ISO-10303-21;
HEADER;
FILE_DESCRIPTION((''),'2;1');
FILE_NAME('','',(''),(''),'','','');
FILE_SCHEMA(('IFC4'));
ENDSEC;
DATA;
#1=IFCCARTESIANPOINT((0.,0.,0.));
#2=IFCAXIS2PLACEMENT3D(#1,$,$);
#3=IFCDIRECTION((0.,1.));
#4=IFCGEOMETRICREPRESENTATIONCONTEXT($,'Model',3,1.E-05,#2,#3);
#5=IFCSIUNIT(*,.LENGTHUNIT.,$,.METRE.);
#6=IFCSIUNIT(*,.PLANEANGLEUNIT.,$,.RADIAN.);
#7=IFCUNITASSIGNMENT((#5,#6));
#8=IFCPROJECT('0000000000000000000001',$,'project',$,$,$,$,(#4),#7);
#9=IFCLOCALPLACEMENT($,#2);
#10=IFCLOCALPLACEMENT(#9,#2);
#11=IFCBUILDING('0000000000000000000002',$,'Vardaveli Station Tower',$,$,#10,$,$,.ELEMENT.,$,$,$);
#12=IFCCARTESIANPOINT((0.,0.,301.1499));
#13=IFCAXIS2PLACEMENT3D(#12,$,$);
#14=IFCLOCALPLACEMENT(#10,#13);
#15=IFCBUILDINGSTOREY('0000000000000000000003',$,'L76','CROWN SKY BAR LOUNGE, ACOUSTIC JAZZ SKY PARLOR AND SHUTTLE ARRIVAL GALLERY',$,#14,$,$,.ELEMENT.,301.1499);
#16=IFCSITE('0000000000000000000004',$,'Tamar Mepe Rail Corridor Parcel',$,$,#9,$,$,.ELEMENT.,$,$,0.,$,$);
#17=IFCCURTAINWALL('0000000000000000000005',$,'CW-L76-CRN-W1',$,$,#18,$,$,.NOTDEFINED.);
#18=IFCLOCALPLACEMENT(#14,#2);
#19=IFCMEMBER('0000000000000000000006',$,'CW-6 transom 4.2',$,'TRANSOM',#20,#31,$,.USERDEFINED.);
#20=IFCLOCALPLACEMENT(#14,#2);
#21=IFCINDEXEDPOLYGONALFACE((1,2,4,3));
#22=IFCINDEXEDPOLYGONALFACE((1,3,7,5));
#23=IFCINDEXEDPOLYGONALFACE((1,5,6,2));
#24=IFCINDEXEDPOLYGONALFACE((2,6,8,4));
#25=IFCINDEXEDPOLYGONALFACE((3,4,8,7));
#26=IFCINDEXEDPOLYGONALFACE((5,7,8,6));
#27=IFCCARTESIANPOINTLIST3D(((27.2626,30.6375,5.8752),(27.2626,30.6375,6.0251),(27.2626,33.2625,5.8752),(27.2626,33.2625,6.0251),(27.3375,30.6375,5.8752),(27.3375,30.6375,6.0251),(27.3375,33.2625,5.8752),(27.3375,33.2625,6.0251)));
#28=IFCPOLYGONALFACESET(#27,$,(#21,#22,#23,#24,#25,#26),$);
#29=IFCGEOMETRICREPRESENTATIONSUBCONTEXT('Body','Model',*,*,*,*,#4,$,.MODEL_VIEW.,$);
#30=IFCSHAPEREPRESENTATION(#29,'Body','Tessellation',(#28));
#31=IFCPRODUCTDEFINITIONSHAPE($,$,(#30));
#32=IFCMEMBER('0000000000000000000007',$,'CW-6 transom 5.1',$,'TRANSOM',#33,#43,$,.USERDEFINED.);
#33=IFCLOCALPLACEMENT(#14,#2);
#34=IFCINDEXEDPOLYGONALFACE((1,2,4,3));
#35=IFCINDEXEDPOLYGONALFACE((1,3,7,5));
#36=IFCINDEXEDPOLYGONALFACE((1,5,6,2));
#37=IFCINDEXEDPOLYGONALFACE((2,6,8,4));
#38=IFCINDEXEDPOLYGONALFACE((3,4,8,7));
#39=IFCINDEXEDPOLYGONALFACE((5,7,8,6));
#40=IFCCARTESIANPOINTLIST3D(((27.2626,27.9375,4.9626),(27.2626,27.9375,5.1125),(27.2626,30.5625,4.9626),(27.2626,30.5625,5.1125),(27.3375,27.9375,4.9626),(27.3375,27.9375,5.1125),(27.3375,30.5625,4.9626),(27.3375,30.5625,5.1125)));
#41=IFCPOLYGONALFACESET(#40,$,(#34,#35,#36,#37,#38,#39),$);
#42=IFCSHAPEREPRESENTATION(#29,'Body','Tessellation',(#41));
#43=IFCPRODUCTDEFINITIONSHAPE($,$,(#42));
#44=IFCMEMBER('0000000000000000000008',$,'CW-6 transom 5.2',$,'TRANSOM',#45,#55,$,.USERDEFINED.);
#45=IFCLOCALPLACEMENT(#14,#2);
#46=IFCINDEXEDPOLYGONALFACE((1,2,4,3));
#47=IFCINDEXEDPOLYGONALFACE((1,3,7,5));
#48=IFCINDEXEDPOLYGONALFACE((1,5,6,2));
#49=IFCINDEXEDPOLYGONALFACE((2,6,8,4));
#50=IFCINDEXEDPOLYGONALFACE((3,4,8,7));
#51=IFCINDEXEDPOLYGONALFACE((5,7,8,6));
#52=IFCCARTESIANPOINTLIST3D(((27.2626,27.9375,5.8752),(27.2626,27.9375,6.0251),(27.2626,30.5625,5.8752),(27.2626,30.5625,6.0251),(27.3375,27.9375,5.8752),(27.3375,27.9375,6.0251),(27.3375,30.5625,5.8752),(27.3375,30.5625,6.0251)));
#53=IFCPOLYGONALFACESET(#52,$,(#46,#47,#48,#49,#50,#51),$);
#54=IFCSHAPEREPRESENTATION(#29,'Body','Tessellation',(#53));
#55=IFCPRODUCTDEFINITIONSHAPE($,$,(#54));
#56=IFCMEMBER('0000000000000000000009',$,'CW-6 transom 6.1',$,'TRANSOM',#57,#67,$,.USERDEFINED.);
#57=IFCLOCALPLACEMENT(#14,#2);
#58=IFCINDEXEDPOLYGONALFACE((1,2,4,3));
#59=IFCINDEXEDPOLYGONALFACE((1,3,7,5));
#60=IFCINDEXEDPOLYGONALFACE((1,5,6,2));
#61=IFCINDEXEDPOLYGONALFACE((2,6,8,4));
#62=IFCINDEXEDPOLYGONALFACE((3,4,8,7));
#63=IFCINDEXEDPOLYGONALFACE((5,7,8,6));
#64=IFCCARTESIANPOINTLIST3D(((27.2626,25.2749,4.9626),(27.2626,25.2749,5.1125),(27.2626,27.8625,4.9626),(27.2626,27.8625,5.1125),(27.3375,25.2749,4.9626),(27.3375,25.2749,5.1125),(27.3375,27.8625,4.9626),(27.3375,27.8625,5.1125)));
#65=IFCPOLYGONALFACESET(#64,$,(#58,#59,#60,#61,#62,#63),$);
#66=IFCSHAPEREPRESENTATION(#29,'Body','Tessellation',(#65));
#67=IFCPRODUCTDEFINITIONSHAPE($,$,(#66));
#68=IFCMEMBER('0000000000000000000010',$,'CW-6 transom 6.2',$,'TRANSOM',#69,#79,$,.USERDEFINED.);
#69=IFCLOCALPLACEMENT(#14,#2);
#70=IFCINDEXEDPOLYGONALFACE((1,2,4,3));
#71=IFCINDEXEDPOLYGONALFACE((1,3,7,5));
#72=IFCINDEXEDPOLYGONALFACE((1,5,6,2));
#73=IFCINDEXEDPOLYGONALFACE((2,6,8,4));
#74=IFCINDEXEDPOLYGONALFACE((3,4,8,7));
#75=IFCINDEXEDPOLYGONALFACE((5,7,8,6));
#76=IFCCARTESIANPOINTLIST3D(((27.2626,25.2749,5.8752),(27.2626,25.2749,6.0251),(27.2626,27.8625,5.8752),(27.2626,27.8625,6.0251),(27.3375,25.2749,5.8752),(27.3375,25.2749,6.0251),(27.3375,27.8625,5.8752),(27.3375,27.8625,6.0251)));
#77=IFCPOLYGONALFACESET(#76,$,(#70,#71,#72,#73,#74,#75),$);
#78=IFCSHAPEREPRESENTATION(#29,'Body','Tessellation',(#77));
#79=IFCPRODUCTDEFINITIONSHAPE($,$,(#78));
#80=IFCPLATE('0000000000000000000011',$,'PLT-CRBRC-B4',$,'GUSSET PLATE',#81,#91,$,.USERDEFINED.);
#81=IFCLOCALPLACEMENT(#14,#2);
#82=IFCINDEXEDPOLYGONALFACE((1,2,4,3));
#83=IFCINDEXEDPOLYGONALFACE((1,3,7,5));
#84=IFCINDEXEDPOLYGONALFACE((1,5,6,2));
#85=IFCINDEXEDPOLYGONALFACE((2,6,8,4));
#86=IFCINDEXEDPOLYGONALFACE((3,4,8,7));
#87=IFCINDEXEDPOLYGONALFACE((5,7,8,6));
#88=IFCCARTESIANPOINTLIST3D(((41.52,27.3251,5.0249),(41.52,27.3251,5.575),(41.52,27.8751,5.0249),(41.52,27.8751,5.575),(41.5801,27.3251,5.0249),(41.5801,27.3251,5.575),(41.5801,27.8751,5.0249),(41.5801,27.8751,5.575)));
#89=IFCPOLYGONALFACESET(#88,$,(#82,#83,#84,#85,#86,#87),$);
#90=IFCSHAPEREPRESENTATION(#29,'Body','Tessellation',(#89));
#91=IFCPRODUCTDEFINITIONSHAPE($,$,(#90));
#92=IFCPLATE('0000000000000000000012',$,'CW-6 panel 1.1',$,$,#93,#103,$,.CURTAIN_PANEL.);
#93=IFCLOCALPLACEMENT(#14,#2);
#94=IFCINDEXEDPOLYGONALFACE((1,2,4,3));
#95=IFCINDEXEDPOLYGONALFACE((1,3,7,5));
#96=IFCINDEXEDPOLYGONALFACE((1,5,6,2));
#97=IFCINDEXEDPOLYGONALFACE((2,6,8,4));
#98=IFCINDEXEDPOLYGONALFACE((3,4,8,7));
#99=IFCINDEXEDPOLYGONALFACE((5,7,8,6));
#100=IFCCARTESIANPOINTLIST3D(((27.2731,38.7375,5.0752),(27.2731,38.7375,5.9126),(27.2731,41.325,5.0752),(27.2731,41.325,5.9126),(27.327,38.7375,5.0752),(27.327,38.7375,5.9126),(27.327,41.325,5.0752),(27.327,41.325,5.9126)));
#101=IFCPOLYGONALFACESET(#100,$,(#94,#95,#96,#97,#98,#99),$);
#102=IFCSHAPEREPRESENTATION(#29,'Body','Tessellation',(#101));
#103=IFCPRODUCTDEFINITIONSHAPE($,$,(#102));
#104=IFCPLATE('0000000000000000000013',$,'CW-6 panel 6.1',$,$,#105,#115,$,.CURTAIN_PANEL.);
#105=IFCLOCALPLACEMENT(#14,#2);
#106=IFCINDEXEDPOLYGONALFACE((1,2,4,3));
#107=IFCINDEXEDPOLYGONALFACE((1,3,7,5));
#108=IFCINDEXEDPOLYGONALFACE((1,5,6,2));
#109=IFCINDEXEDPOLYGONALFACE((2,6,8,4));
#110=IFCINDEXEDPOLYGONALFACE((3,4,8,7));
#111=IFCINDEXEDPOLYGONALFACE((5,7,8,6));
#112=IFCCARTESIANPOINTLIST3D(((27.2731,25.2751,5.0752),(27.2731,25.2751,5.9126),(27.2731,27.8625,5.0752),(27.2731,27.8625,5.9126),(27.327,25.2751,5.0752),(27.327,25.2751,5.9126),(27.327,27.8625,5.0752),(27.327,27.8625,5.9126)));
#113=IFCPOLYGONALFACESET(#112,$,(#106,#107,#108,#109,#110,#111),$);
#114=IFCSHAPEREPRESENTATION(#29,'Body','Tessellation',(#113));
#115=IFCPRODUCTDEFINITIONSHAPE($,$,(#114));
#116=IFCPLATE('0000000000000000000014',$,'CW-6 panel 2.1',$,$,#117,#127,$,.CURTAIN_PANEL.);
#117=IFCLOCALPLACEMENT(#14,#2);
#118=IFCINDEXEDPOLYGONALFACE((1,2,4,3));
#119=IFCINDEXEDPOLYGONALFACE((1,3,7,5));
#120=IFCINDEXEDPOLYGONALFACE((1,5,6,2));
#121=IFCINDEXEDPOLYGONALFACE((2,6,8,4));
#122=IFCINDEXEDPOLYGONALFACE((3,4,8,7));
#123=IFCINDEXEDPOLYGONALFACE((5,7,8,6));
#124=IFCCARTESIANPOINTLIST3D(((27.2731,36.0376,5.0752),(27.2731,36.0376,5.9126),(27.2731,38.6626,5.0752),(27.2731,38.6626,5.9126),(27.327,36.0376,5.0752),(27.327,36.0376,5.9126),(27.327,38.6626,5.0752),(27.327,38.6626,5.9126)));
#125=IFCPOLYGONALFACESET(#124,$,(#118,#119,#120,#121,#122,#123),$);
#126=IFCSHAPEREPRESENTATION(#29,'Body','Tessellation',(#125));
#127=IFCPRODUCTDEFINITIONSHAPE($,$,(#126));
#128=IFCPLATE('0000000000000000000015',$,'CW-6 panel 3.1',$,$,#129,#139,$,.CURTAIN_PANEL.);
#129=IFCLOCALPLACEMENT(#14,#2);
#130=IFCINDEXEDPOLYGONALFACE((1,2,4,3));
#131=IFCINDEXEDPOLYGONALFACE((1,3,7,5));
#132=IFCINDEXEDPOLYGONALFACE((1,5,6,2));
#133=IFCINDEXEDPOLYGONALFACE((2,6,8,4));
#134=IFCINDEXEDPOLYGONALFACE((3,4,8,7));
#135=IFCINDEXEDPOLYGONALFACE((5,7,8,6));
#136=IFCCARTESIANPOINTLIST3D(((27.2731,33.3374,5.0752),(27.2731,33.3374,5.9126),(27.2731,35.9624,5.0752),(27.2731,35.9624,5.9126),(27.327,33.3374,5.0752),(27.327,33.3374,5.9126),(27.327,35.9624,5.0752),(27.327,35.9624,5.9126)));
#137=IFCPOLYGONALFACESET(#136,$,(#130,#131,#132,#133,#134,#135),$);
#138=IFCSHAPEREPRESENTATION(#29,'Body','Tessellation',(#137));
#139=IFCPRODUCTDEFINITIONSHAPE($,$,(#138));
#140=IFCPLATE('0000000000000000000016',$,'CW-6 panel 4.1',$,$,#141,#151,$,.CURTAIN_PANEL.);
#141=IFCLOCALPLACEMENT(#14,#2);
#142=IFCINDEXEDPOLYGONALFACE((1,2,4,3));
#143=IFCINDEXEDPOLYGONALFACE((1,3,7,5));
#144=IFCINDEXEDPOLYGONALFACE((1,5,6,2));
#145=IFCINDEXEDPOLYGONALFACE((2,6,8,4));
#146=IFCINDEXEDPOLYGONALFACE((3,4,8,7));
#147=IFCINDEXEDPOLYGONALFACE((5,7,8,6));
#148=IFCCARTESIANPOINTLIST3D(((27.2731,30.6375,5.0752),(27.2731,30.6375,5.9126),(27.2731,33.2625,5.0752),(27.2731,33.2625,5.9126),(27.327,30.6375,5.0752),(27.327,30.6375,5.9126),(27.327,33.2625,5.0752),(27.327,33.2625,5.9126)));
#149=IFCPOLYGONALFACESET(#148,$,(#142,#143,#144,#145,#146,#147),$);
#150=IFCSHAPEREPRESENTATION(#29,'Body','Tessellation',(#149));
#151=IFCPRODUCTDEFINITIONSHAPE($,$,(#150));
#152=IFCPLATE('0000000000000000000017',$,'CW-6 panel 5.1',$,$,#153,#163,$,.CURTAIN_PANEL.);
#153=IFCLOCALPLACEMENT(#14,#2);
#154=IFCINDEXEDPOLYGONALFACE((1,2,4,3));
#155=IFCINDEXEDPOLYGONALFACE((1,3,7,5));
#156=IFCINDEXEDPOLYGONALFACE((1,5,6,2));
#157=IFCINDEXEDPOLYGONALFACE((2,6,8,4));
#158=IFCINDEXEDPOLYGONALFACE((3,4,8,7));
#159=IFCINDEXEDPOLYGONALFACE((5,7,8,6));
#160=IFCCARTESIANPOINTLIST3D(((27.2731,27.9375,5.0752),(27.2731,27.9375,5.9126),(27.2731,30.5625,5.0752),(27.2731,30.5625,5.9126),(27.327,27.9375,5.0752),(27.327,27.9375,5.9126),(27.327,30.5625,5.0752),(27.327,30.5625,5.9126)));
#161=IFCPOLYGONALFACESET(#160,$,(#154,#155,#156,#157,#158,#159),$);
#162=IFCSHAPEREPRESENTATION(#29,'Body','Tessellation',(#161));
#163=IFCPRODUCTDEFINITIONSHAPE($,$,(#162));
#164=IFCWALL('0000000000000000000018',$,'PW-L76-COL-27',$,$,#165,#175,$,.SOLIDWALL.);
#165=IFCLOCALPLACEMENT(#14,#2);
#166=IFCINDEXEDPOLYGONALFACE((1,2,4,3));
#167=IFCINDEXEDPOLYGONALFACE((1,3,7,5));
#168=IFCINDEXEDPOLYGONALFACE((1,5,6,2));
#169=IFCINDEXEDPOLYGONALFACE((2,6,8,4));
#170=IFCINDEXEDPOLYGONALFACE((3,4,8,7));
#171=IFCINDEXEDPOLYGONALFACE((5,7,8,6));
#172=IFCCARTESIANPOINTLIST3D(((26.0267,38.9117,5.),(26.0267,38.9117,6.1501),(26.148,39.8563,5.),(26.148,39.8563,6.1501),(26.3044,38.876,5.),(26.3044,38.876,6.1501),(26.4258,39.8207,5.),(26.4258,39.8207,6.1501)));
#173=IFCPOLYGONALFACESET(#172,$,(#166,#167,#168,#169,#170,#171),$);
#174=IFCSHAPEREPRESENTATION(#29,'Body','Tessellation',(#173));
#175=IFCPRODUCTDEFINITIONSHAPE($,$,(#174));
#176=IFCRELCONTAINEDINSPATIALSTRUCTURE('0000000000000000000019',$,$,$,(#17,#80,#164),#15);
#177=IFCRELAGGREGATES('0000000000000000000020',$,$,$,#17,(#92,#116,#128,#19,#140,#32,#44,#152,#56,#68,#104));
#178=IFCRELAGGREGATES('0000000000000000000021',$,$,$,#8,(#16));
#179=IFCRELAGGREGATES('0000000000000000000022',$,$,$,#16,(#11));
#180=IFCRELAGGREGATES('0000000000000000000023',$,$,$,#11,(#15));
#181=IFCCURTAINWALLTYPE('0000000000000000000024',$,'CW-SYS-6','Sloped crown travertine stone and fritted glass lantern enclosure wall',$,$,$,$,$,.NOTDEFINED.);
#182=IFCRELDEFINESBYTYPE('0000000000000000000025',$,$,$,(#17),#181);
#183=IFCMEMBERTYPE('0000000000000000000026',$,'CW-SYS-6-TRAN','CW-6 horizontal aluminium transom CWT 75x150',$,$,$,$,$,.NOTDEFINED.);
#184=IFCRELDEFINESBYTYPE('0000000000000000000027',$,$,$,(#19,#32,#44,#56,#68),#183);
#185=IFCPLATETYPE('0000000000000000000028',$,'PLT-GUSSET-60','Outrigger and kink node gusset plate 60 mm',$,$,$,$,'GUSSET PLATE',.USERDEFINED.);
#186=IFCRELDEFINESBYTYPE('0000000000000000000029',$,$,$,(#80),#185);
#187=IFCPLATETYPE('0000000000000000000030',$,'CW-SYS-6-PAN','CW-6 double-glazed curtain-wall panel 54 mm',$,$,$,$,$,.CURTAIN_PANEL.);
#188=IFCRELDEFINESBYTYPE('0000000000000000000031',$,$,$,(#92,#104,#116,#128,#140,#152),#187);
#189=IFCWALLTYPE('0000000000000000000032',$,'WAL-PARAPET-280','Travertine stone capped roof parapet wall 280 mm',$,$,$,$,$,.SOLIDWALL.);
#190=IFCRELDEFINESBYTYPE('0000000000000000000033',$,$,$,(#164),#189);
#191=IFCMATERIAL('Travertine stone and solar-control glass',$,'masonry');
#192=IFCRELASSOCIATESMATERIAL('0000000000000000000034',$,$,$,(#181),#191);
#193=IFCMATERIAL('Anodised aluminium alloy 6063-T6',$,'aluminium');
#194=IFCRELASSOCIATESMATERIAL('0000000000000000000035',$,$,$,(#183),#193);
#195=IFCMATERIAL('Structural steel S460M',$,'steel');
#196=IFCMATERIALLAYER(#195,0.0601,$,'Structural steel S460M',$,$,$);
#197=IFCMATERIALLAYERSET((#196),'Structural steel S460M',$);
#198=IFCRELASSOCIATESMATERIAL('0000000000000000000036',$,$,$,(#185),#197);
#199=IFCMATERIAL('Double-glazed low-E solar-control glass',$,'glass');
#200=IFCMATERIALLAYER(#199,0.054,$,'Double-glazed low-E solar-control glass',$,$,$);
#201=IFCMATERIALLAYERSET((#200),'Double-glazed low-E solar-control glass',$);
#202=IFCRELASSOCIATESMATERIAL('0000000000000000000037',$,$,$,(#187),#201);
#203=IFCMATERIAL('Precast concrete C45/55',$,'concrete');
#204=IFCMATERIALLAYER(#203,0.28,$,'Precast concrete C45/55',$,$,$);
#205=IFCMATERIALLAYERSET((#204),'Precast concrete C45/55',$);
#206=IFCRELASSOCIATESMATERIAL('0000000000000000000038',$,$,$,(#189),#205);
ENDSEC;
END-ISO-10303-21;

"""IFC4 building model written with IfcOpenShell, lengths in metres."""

from ifc_helpers import new_model, si_unit, direction, frame, frame_2d, origin, origin_2d, place, context, subcontext, project, spatial, rectangle, extrude, source, transform, mapped, material, layer, layer_set, material_profile, profile_set, type_object, element, aggregate, save


model = new_model("IFC4")

# Units and contexts
model_context = context("Model", 3, precision=1e-05, world=origin(), true_north=direction((0.0, 1.0)))
body_context = subcontext(model_context, "Body", "Model", "MODEL_VIEW")
ifc_project = project(units=[si_unit("LENGTHUNIT", "METRE"), si_unit("PLANEANGLEUNIT", "RADIAN")], contexts=[model_context])

# Site, building, storey
site_placement = place(None, origin())
site = spatial("IfcSite", under=ifc_project, at=site_placement, Name="Tamar Mepe Rail Corridor Parcel", CompositionType="ELEMENT", RefElevation=0.0)
building_placement = place(site_placement, origin())
building = spatial("IfcBuilding", under=site, at=building_placement, Name="Vardaveli Station Tower", CompositionType="ELEMENT")
storey_placement = place(building_placement, frame((0.0, 0.0, 301.1499)))
storey = spatial("IfcBuildingStorey", under=building, at=storey_placement, Name="L76", Description="CROWN SKY BAR LOUNGE, ACOUSTIC JAZZ SKY PARLOR AND SHUTTLE ARRIVAL GALLERY", CompositionType="ELEMENT", Elevation=301.1499)

# Shared definitions
ifc_material_1 = material(Name="Structural steel S460M", Category="steel")

# Curtain wall, members
ifc_material_2 = material(Name="Travertine stone and solar-control glass", Category="masonry")
curtain_wall_type = type_object("IfcCurtainWallType", Name="CW-SYS-6", Description="Sloped crown travertine stone and fritted glass lantern enclosure wall", PredefinedType="NOTDEFINED", material=ifc_material_2)
curtain_wall_placement = place(storey_placement, origin())
curtain_wall = element("IfcCurtainWall", 1, at=curtain_wall_placement, inside=storey, type_object=curtain_wall_type, Name="CW-L76-CRN-W1", PredefinedType="NOTDEFINED")
ifc_material_3 = material(Name="Anodised aluminium alloy 6063-T6", Category="aluminium")
ifc_material_profile_1 = material_profile(ifc_material_3, rectangle(XDim=0.075, YDim=0.1499, at=origin_2d()), Name="CWT 75x150")
ifc_profile_set_1 = profile_set([ifc_material_profile_1], Name="Anodised aluminium alloy 6063-T6")
member_type_1 = type_object("IfcMemberType", Name="CW-SYS-6-TRAN", Description="CW-6 horizontal aluminium transom CWT 75x150", PredefinedType="NOTDEFINED", material=ifc_profile_set_1)
shared_shape_1 = source(origin(), body_context, "Body", "SweptSolid", [
    extrude(rectangle(XDim=0.075, YDim=0.1499, at=origin_2d()), origin(), (0.0, 0.0, 1.0), 2.625),
])
member_1_placement = place(storey_placement, frame((27.3, 33.2625, 5.9502), z_axis=(0.0, -1.0, 0.0), x_axis=(1.0, 0.0, 0.0)))
member_1 = element("IfcMember", 2, at=member_1_placement, type_object=member_type_1, Name="CW-6 transom 4.2", ObjectType="TRANSOM", PredefinedType="USERDEFINED", context=body_context, shape_type="MappedRepresentation", body=[
    mapped(shared_shape_1, transform((0.0, 0.0, 0.0), scale=1.0)),
])
member_2_placement = place(storey_placement, frame((27.3, 30.5625, 5.0376), z_axis=(0.0, -1.0, 0.0), x_axis=(1.0, 0.0, 0.0)))
member_2 = element("IfcMember", 3, at=member_2_placement, type_object=member_type_1, Name="CW-6 transom 5.1", ObjectType="TRANSOM", PredefinedType="USERDEFINED", context=body_context, shape_type="MappedRepresentation", body=[
    mapped(shared_shape_1, transform((0.0, 0.0, 0.0), scale=1.0)),
])
member_3_placement = place(storey_placement, frame((27.3, 30.5625, 5.9502), z_axis=(0.0, -1.0, 0.0), x_axis=(1.0, 0.0, 0.0)))
member_3 = element("IfcMember", 4, at=member_3_placement, type_object=member_type_1, Name="CW-6 transom 5.2", ObjectType="TRANSOM", PredefinedType="USERDEFINED", context=body_context, shape_type="MappedRepresentation", body=[
    mapped(shared_shape_1, transform((0.0, 0.0, 0.0), scale=1.0)),
])
shared_shape_2 = source(origin(), body_context, "Body", "SweptSolid", [
    extrude(rectangle(XDim=0.075, YDim=0.1499, at=origin_2d()), origin(), (0.0, 0.0, 1.0), 2.5876),
])
member_4_placement = place(storey_placement, frame((27.3, 27.8625, 5.0376), z_axis=(0.0, -1.0, 0.0), x_axis=(1.0, 0.0, 0.0)))
member_4 = element("IfcMember", 5, at=member_4_placement, type_object=member_type_1, Name="CW-6 transom 6.1", ObjectType="TRANSOM", PredefinedType="USERDEFINED", context=body_context, shape_type="MappedRepresentation", body=[
    mapped(shared_shape_2, transform((0.0, 0.0, 0.0), scale=1.0)),
])
member_5_placement = place(storey_placement, frame((27.3, 27.8625, 5.9502), z_axis=(0.0, -1.0, 0.0), x_axis=(1.0, 0.0, 0.0)))
member_5 = element("IfcMember", 6, at=member_5_placement, type_object=member_type_1, Name="CW-6 transom 6.2", ObjectType="TRANSOM", PredefinedType="USERDEFINED", context=body_context, shape_type="MappedRepresentation", body=[
    mapped(shared_shape_2, transform((0.0, 0.0, 0.0), scale=1.0)),
])

# Plates
ifc_layer_1 = layer(ifc_material_1, 0.0601, Name="Structural steel S460M")
ifc_layer_set_1 = layer_set([ifc_layer_1], Name="Structural steel S460M")
plate_type_1 = type_object("IfcPlateType", Name="PLT-GUSSET-60", Description="Outrigger and kink node gusset plate 60 mm", ElementType="GUSSET PLATE", PredefinedType="USERDEFINED", material=ifc_layer_set_1)
shared_shape_3 = source(origin(), body_context, "Body", "SweptSolid", [
    extrude(rectangle(XDim=0.55, YDim=0.0601, at=origin_2d()), origin(), (0.0, 0.0, 1.0), 0.55),
])
plate_1_placement = place(storey_placement, frame((41.55, 27.6001, 5.0249), z_axis=(0.0, 0.0, 1.0), x_axis=(0.0, -1.0, 0.0)))
element("IfcPlate", 7, at=plate_1_placement, inside=storey, type_object=plate_type_1, Name="PLT-CRBRC-B4", ObjectType="GUSSET PLATE", PredefinedType="USERDEFINED", context=body_context, shape_type="MappedRepresentation", body=[
    mapped(shared_shape_3, transform((0.0, 0.0, 0.0), scale=1.0)),
])
ifc_material_4 = material(Name="Double-glazed low-E solar-control glass", Category="glass")
ifc_layer_2 = layer(ifc_material_4, 0.054, Name="Double-glazed low-E solar-control glass")
ifc_layer_set_2 = layer_set([ifc_layer_2], Name="Double-glazed low-E solar-control glass")
plate_type_2 = type_object("IfcPlateType", Name="CW-SYS-6-PAN", Description="CW-6 double-glazed curtain-wall panel 54 mm", PredefinedType="CURTAIN_PANEL", material=ifc_layer_set_2)
shared_shape_4 = source(origin(), body_context, "Body", "SweptSolid", [
    extrude(rectangle(XDim=2.5874, YDim=0.054, at=origin_2d()), origin(), (0.0, 0.0, 1.0), 0.8374),
])
plate_2_placement = place(storey_placement, frame((27.3, 40.0312, 5.0752), z_axis=(0.0, 0.0, 1.0), x_axis=(0.0, -1.0, 0.0)))
plate_2 = element("IfcPlate", 8, at=plate_2_placement, type_object=plate_type_2, Name="CW-6 panel 1.1", PredefinedType="CURTAIN_PANEL", context=body_context, shape_type="MappedRepresentation", body=[
    mapped(shared_shape_4, transform((0.0, 0.0, 0.0), scale=1.0)),
])
plate_3_placement = place(storey_placement, frame((27.3, 26.5688, 5.0752), z_axis=(0.0, 0.0, 1.0), x_axis=(0.0, -1.0, 0.0)))
plate_3 = element("IfcPlate", 9, at=plate_3_placement, type_object=plate_type_2, Name="CW-6 panel 6.1", PredefinedType="CURTAIN_PANEL", context=body_context, shape_type="MappedRepresentation", body=[
    mapped(shared_shape_4, transform((0.0, 0.0, 0.0), scale=1.0)),
])
shared_shape_5 = source(origin(), body_context, "Body", "SweptSolid", [
    extrude(rectangle(XDim=2.625, YDim=0.054, at=origin_2d()), origin(), (0.0, 0.0, 1.0), 0.8374),
])
plate_4_placement = place(storey_placement, frame((27.3, 37.3501, 5.0752), z_axis=(0.0, 0.0, 1.0), x_axis=(0.0, -1.0, 0.0)))
plate_4 = element("IfcPlate", 10, at=plate_4_placement, type_object=plate_type_2, Name="CW-6 panel 2.1", PredefinedType="CURTAIN_PANEL", context=body_context, shape_type="MappedRepresentation", body=[
    mapped(shared_shape_5, transform((0.0, 0.0, 0.0), scale=1.0)),
])
plate_5_placement = place(storey_placement, frame((27.3, 34.6499, 5.0752), z_axis=(0.0, 0.0, 1.0), x_axis=(0.0, -1.0, 0.0)))
plate_5 = element("IfcPlate", 11, at=plate_5_placement, type_object=plate_type_2, Name="CW-6 panel 3.1", PredefinedType="CURTAIN_PANEL", context=body_context, shape_type="MappedRepresentation", body=[
    mapped(shared_shape_5, transform((0.0, 0.0, 0.0), scale=1.0)),
])
plate_6_placement = place(storey_placement, frame((27.3, 31.95, 5.0752), z_axis=(0.0, 0.0, 1.0), x_axis=(0.0, -1.0, 0.0)))
plate_6 = element("IfcPlate", 12, at=plate_6_placement, type_object=plate_type_2, Name="CW-6 panel 4.1", PredefinedType="CURTAIN_PANEL", context=body_context, shape_type="MappedRepresentation", body=[
    mapped(shared_shape_5, transform((0.0, 0.0, 0.0), scale=1.0)),
])
plate_7_placement = place(storey_placement, frame((27.3, 29.25, 5.0752), z_axis=(0.0, 0.0, 1.0), x_axis=(0.0, -1.0, 0.0)))
plate_7 = element("IfcPlate", 13, at=plate_7_placement, type_object=plate_type_2, Name="CW-6 panel 5.1", PredefinedType="CURTAIN_PANEL", context=body_context, shape_type="MappedRepresentation", body=[
    mapped(shared_shape_5, transform((0.0, 0.0, 0.0), scale=1.0)),
])
aggregate(curtain_wall, [plate_2, plate_4, plate_5, member_1, plate_6, member_2, member_3, plate_7, member_4, member_5, plate_3])

# Wall
ifc_material_5 = material(Name="Precast concrete C45/55", Category="concrete")
ifc_layer_3 = layer(ifc_material_5, 0.28, Name="Precast concrete C45/55")
ifc_layer_set_3 = layer_set([ifc_layer_3], Name="Precast concrete C45/55")
wall_type = type_object("IfcWallType", Name="WAL-PARAPET-280", Description="Travertine stone capped roof parapet wall 280 mm", PredefinedType="SOLIDWALL", material=ifc_layer_set_3)
shared_shape_6 = source(origin(), body_context, "Body", "SweptSolid", [
    extrude(rectangle(XDim=0.9524, YDim=0.28, at=frame_2d((0.4761, 0.0))), origin(), (0.0, 0.0, 1.0), 1.1501),
])
wall_1_placement = place(storey_placement, frame((26.2869, 39.8384, 5.0), z_axis=(0.0, 0.0, 1.0), x_axis=(-0.12741, -0.99185, 0.0)))
element("IfcWall", 14, at=wall_1_placement, inside=storey, type_object=wall_type, Name="PW-L76-COL-27", PredefinedType="SOLIDWALL", context=body_context, shape_type="MappedRepresentation", body=[
    mapped(shared_shape_6, transform((0.0, 0.0, 0.0), scale=1.0)),
])

save(model, "model.ifc")
